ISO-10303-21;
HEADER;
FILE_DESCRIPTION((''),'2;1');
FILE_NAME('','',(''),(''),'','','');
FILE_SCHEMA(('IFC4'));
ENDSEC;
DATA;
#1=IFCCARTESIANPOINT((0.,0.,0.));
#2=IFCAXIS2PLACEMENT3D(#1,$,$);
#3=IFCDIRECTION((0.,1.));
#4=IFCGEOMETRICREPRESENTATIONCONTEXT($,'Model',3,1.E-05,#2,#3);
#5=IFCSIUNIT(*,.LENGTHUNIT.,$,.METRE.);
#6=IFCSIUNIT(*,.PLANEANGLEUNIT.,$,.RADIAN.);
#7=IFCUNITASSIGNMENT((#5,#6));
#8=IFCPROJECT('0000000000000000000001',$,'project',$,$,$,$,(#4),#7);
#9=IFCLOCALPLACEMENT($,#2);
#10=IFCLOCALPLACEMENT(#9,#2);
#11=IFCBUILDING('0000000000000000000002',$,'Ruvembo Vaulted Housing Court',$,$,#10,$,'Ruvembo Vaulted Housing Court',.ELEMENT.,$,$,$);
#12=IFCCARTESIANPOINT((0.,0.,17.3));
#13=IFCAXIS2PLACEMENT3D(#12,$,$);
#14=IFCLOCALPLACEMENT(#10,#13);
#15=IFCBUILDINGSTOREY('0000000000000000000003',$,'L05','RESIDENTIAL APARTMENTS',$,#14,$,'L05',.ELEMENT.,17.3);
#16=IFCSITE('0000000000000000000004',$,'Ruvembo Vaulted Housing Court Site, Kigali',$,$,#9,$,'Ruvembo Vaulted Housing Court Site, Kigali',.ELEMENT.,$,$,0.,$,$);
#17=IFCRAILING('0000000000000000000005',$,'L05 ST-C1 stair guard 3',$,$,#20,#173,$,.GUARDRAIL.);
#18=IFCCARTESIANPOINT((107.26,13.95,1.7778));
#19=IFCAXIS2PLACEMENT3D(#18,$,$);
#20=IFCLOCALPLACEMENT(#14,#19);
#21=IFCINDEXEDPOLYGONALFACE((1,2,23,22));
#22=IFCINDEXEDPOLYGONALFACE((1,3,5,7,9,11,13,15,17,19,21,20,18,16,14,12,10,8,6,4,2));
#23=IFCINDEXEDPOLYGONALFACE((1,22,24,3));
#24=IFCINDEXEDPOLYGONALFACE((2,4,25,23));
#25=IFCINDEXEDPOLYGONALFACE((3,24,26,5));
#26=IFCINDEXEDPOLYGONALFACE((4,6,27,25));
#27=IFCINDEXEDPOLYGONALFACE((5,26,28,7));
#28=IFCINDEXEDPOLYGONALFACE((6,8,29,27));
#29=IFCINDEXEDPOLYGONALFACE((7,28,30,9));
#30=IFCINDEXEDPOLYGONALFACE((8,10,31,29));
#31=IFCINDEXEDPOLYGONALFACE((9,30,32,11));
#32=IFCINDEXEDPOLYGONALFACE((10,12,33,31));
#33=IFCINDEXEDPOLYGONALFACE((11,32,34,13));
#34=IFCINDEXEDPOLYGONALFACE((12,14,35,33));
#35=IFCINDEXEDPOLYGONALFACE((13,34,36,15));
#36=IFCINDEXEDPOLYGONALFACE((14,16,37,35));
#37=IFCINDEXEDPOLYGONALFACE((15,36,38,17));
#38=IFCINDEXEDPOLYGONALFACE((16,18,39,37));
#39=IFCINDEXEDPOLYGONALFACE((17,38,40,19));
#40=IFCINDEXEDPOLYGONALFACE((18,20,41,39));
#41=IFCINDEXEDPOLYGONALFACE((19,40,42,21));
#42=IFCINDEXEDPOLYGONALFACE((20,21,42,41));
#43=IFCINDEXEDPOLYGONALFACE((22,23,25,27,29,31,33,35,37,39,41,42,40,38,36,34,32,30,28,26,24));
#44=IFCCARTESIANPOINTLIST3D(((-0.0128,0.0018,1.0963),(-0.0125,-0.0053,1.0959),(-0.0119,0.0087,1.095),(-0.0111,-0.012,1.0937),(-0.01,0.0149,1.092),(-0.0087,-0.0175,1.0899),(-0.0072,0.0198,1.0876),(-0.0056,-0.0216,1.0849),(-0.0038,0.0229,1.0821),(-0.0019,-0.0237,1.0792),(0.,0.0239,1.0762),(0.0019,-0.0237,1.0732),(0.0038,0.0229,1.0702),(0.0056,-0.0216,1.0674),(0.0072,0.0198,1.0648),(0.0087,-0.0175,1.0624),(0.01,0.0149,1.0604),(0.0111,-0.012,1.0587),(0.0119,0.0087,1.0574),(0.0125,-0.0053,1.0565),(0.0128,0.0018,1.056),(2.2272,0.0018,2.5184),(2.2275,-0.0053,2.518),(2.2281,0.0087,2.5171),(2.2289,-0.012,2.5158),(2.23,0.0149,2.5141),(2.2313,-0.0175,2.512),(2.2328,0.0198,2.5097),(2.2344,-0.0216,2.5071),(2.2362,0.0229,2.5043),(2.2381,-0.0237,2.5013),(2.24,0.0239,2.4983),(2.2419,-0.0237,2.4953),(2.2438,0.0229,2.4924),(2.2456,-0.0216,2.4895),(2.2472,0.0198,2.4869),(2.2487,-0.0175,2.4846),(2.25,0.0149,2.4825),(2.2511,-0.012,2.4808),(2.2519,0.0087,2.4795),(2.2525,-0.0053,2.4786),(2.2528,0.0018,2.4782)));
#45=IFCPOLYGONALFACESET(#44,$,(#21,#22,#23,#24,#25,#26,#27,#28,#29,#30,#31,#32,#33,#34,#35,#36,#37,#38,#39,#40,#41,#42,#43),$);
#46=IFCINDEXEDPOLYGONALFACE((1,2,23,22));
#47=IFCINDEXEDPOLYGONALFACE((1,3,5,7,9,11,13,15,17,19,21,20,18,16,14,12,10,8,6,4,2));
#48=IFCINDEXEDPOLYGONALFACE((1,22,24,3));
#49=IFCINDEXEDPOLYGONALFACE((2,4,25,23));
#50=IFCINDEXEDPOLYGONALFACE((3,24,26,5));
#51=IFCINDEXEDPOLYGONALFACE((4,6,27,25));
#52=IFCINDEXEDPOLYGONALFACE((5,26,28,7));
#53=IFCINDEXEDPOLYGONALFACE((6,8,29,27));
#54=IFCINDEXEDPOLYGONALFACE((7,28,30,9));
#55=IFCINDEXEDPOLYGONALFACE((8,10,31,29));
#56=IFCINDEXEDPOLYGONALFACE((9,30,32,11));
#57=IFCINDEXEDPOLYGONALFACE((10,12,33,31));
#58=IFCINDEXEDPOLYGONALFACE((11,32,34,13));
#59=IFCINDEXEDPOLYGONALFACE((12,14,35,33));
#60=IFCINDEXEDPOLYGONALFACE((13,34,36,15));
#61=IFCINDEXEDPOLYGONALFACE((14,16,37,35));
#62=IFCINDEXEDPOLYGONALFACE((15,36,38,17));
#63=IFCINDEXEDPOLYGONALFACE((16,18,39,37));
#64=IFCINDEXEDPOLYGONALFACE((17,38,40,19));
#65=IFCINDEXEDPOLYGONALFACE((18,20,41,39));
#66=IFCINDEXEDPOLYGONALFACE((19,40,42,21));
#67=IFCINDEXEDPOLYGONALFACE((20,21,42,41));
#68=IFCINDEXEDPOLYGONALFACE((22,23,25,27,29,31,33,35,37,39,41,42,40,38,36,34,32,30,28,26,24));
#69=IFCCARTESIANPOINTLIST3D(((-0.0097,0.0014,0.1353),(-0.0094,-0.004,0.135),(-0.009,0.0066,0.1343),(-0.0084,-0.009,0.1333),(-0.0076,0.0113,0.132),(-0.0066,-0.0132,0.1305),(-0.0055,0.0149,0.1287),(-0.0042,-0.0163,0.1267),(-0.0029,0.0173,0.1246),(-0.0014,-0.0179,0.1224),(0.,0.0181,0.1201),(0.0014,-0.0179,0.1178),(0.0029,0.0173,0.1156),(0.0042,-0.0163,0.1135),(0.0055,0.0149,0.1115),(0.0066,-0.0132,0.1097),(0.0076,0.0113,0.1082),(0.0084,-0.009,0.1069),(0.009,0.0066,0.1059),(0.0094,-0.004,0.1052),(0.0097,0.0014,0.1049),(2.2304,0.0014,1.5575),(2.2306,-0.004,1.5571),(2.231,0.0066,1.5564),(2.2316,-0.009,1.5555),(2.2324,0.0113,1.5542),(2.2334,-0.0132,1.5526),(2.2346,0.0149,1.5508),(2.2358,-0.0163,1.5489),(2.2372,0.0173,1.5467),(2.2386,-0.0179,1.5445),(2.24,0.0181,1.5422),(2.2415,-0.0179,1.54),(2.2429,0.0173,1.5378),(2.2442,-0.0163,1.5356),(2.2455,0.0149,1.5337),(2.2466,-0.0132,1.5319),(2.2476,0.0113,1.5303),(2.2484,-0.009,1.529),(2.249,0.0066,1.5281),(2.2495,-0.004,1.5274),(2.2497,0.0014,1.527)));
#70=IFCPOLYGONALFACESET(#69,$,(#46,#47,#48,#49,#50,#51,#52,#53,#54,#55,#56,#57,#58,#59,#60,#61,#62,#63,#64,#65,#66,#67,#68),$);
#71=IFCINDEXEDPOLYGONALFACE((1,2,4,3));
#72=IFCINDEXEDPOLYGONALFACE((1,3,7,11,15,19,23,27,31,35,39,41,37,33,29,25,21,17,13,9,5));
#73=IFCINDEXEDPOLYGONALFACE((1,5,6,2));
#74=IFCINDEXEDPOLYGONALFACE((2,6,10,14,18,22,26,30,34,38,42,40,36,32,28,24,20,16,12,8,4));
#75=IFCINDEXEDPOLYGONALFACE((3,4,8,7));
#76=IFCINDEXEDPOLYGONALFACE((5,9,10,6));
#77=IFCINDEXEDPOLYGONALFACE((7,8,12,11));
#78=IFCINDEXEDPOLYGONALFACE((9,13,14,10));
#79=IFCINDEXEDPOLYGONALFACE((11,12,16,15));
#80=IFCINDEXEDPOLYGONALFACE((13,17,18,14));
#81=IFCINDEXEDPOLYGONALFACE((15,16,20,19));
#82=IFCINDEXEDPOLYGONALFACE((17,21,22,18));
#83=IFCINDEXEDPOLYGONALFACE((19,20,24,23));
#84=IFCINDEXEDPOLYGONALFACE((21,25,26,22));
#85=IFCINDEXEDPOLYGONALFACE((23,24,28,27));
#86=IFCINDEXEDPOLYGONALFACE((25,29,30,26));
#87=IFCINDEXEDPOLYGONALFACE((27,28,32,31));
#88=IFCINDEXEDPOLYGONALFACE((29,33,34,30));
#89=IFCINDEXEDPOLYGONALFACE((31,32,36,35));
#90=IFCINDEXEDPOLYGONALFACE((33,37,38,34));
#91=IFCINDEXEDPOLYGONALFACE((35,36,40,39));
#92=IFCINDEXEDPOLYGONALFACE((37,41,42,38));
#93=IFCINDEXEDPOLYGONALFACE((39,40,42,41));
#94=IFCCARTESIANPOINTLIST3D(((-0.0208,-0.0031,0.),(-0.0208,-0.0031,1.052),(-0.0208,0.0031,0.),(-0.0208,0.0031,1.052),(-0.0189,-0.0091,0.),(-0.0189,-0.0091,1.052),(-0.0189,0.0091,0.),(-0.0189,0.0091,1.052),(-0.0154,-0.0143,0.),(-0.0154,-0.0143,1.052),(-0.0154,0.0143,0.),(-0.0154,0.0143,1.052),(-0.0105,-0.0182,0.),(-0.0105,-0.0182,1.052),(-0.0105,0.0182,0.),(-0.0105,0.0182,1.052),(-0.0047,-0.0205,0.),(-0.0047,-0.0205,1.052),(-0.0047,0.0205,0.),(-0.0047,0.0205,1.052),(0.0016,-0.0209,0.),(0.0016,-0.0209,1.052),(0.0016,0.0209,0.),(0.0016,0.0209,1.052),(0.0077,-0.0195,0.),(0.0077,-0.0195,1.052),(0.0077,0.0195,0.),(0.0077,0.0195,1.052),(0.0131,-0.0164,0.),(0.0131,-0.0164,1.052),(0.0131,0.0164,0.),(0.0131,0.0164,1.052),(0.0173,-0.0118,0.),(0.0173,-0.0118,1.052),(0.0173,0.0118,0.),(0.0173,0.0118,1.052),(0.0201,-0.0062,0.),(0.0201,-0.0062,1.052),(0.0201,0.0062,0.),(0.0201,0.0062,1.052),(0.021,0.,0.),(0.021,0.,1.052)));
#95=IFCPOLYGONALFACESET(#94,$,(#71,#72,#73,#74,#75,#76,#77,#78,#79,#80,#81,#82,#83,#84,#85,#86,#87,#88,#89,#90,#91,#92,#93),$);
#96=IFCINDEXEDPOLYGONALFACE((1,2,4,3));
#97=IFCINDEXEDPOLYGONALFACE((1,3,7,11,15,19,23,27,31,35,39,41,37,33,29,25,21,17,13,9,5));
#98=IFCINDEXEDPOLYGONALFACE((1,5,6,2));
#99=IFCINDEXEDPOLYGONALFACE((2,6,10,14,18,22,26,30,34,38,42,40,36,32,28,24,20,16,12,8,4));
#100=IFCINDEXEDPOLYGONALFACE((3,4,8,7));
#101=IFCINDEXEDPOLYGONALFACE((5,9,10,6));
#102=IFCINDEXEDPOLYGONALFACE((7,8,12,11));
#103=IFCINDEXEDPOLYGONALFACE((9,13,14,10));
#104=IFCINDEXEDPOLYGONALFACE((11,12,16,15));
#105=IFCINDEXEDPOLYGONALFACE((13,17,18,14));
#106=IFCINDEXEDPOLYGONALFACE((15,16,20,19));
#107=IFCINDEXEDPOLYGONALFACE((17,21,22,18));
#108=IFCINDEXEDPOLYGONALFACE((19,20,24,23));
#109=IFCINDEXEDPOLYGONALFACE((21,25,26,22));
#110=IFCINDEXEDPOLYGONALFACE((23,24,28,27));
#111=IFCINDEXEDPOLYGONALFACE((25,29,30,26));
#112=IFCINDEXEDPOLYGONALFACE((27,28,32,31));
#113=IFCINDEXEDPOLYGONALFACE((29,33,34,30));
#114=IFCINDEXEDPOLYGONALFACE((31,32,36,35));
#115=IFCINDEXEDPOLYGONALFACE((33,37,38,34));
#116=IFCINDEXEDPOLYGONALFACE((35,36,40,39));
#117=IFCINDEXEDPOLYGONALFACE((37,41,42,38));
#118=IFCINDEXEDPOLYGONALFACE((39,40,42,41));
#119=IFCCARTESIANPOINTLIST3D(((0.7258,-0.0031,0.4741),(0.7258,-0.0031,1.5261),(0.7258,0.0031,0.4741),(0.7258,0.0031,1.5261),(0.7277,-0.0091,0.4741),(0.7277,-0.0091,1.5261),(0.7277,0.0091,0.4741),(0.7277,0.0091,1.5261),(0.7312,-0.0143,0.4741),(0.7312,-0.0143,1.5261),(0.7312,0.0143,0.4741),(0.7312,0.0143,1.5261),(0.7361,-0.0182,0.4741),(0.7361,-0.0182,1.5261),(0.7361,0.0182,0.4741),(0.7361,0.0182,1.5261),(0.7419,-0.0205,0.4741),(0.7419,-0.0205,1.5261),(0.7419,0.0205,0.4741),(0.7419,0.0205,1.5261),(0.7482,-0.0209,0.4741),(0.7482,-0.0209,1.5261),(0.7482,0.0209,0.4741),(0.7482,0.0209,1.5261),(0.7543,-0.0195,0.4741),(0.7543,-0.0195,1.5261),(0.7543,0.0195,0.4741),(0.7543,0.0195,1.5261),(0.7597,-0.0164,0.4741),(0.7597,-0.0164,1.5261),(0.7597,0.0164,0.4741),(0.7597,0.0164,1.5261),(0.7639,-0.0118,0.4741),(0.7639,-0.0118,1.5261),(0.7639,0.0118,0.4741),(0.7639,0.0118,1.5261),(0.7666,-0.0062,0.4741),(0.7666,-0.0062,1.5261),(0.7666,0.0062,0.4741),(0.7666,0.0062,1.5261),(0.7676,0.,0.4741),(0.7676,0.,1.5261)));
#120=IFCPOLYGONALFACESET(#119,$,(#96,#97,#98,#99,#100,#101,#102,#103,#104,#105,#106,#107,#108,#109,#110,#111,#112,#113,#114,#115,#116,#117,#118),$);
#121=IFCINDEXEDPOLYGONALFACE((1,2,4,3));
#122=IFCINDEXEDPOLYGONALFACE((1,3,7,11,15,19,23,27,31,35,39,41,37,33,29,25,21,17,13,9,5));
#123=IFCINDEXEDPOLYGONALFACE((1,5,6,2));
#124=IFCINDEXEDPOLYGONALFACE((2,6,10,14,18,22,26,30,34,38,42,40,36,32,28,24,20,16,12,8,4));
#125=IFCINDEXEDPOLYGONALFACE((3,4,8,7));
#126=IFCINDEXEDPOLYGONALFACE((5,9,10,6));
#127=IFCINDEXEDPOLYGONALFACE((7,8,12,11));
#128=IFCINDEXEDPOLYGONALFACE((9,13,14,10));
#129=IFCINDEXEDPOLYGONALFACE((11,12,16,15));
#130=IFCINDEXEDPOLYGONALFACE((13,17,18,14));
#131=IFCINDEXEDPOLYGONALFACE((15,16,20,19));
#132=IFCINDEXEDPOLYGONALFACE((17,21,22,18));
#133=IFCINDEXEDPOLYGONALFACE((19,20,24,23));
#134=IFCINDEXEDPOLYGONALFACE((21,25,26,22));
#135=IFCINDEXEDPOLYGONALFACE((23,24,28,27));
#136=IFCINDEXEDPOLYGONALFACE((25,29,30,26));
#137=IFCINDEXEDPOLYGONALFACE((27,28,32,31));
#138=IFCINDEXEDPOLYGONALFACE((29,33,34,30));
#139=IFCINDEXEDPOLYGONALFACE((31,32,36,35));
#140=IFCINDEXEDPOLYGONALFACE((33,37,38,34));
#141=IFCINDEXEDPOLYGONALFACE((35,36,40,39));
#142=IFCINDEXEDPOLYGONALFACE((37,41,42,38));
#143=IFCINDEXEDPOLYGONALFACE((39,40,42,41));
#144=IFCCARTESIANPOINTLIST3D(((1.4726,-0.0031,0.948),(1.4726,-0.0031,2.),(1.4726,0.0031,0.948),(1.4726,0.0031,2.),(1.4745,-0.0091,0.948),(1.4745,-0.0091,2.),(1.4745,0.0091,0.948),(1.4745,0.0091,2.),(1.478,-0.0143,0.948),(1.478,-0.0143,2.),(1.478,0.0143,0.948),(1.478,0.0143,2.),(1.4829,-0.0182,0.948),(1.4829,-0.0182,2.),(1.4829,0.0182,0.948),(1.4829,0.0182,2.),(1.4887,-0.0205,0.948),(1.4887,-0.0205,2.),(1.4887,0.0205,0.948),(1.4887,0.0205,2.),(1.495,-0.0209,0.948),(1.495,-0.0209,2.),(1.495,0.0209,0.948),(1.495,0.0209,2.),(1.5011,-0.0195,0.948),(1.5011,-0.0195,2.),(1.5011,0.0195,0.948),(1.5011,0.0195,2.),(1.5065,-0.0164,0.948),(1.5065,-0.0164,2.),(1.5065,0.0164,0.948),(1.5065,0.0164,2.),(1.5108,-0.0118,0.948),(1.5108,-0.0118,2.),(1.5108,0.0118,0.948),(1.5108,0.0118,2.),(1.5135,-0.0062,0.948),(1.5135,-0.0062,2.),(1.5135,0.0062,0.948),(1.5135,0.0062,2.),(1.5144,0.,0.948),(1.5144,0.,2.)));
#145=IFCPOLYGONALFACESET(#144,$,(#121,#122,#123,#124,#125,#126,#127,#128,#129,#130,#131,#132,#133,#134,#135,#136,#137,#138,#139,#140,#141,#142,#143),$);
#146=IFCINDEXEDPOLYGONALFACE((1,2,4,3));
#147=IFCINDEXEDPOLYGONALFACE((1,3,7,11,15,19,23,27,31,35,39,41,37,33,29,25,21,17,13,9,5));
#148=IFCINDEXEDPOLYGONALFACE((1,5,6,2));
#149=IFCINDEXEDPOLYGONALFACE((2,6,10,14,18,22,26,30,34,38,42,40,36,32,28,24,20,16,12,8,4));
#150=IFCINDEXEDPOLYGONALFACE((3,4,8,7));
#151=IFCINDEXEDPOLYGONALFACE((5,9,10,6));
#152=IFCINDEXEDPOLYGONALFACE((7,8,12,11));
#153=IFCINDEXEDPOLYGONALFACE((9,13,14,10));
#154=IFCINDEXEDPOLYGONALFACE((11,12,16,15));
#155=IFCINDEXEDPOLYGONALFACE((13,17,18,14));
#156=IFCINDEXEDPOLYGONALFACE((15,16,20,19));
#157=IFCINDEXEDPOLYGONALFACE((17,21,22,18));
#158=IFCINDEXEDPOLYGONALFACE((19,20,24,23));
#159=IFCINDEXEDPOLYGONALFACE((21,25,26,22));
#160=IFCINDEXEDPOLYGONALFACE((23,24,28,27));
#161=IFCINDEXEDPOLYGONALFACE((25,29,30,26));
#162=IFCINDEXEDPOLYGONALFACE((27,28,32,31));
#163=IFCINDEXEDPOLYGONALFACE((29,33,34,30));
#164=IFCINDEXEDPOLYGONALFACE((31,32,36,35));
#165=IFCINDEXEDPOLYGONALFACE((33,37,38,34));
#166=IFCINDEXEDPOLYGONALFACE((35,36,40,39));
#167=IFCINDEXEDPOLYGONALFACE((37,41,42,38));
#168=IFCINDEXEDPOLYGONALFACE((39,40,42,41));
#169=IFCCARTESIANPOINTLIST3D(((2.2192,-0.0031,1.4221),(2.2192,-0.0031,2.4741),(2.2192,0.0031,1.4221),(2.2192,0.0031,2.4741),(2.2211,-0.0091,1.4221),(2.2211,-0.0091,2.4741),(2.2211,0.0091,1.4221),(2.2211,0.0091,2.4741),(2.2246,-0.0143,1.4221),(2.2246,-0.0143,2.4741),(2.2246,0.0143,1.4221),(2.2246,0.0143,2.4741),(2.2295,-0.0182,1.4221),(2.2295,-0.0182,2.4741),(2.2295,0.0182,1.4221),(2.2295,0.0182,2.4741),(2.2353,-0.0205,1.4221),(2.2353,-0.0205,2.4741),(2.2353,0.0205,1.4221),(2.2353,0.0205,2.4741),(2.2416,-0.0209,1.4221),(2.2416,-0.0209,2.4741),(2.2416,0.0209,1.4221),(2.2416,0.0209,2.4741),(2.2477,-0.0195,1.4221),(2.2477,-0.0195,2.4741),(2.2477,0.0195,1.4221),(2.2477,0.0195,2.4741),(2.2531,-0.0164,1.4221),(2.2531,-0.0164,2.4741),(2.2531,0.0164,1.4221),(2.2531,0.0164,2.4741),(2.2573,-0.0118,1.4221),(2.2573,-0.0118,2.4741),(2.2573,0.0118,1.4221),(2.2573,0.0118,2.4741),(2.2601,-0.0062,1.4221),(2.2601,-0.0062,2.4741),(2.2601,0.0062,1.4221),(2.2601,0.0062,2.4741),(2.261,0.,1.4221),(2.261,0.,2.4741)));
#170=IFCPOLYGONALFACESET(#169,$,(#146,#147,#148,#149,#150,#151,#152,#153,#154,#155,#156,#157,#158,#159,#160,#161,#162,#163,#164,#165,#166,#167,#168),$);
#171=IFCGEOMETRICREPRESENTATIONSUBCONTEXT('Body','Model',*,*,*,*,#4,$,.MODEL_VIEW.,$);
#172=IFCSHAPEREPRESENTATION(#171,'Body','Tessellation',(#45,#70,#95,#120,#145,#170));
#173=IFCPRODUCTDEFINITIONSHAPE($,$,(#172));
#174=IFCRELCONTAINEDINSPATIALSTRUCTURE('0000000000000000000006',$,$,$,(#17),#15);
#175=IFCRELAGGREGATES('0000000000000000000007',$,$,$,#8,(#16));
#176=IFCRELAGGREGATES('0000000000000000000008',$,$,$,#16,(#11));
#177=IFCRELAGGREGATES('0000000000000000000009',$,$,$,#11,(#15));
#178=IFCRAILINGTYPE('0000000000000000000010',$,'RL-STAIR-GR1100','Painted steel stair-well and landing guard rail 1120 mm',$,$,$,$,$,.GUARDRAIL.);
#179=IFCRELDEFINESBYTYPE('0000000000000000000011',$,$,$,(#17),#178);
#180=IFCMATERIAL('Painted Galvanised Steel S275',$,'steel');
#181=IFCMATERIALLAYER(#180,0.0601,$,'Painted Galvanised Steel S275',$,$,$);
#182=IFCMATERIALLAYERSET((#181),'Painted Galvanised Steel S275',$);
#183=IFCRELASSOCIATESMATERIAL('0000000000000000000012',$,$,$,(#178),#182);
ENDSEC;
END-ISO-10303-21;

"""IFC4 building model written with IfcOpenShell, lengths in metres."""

from ifc_helpers import new_model, si_unit, direction, frame, origin, origin_2d, place, context, subcontext, project, spatial, circle, extrude, material, layer, layer_set, type_object, element, save


model = new_model("IFC4")

# Units and contexts
model_context = context("Model", 3, precision=1e-05, world=origin(), true_north=direction((0.0, 1.0)))
body_context = subcontext(model_context, "Body", "Model", "MODEL_VIEW")
ifc_project = project(units=[si_unit("LENGTHUNIT", "METRE"), si_unit("PLANEANGLEUNIT", "RADIAN")], contexts=[model_context])

# Site, building, storey
site_placement = place(None, origin())
site = spatial("IfcSite", under=ifc_project, at=site_placement, Name="Ruvembo Vaulted Housing Court Site, Kigali", LongName="Ruvembo Vaulted Housing Court Site, Kigali", CompositionType="ELEMENT", RefElevation=0.0)
building_placement = place(site_placement, origin())
building = spatial("IfcBuilding", under=site, at=building_placement, Name="Ruvembo Vaulted Housing Court", LongName="Ruvembo Vaulted Housing Court", CompositionType="ELEMENT")
storey_placement = place(building_placement, frame((0.0, 0.0, 17.3)))
storey = spatial("IfcBuildingStorey", under=building, at=storey_placement, Name="L05", Description="RESIDENTIAL APARTMENTS", LongName="L05", CompositionType="ELEMENT", Elevation=17.3)

# Railing
ifc_material_1 = material(Name="Painted Galvanised Steel S275", Category="steel")
ifc_layer_1 = layer(ifc_material_1, 0.0601, Name="Painted Galvanised Steel S275")
ifc_layer_set_1 = layer_set([ifc_layer_1], Name="Painted Galvanised Steel S275")
railing_type_1 = type_object("IfcRailingType", Name="RL-STAIR-GR1100", Description="Painted steel stair-well and landing guard rail 1120 mm", PredefinedType="GUARDRAIL", material=ifc_layer_set_1)
railing_1_placement = place(storey_placement, frame((107.26, 13.95, 1.7778)))
element("IfcRailing", 1, at=railing_1_placement, inside=storey, type_object=railing_type_1, Name="L05 ST-C1 stair guard 3", PredefinedType="GUARDRAIL", context=body_context, shape_type="SweptSolid", body=[
    extrude(circle(Radius=0.0239, at=origin_2d()), frame((0.0, 0.0, 1.0762), z_axis=(0.844229, 0.0, 0.535982), x_axis=(0.0, 1.0, 0.0)), (0.0, 0.0, 1.0), 2.6533),
    extrude(circle(Radius=0.0181, at=origin_2d()), frame((0.0, 0.0, 0.1201), z_axis=(0.844229, 0.0, 0.535982), x_axis=(0.0, 1.0, 0.0)), (0.0, 0.0, 1.0), 2.6533),
    extrude(circle(Radius=0.021, at=origin_2d()), origin(), (0.0, 0.0, 1.0), 1.052),
    extrude(circle(Radius=0.021, at=origin_2d()), frame((0.7466, 0.0, 0.4741)), (0.0, 0.0, 1.0), 1.052),
    extrude(circle(Radius=0.021, at=origin_2d()), frame((1.4934, 0.0, 0.948)), (0.0, 0.0, 1.0), 1.052),
    extrude(circle(Radius=0.021, at=origin_2d()), frame((2.24, 0.0, 1.4221)), (0.0, 0.0, 1.0), 1.052),
])

save(model, "model.ifc")
